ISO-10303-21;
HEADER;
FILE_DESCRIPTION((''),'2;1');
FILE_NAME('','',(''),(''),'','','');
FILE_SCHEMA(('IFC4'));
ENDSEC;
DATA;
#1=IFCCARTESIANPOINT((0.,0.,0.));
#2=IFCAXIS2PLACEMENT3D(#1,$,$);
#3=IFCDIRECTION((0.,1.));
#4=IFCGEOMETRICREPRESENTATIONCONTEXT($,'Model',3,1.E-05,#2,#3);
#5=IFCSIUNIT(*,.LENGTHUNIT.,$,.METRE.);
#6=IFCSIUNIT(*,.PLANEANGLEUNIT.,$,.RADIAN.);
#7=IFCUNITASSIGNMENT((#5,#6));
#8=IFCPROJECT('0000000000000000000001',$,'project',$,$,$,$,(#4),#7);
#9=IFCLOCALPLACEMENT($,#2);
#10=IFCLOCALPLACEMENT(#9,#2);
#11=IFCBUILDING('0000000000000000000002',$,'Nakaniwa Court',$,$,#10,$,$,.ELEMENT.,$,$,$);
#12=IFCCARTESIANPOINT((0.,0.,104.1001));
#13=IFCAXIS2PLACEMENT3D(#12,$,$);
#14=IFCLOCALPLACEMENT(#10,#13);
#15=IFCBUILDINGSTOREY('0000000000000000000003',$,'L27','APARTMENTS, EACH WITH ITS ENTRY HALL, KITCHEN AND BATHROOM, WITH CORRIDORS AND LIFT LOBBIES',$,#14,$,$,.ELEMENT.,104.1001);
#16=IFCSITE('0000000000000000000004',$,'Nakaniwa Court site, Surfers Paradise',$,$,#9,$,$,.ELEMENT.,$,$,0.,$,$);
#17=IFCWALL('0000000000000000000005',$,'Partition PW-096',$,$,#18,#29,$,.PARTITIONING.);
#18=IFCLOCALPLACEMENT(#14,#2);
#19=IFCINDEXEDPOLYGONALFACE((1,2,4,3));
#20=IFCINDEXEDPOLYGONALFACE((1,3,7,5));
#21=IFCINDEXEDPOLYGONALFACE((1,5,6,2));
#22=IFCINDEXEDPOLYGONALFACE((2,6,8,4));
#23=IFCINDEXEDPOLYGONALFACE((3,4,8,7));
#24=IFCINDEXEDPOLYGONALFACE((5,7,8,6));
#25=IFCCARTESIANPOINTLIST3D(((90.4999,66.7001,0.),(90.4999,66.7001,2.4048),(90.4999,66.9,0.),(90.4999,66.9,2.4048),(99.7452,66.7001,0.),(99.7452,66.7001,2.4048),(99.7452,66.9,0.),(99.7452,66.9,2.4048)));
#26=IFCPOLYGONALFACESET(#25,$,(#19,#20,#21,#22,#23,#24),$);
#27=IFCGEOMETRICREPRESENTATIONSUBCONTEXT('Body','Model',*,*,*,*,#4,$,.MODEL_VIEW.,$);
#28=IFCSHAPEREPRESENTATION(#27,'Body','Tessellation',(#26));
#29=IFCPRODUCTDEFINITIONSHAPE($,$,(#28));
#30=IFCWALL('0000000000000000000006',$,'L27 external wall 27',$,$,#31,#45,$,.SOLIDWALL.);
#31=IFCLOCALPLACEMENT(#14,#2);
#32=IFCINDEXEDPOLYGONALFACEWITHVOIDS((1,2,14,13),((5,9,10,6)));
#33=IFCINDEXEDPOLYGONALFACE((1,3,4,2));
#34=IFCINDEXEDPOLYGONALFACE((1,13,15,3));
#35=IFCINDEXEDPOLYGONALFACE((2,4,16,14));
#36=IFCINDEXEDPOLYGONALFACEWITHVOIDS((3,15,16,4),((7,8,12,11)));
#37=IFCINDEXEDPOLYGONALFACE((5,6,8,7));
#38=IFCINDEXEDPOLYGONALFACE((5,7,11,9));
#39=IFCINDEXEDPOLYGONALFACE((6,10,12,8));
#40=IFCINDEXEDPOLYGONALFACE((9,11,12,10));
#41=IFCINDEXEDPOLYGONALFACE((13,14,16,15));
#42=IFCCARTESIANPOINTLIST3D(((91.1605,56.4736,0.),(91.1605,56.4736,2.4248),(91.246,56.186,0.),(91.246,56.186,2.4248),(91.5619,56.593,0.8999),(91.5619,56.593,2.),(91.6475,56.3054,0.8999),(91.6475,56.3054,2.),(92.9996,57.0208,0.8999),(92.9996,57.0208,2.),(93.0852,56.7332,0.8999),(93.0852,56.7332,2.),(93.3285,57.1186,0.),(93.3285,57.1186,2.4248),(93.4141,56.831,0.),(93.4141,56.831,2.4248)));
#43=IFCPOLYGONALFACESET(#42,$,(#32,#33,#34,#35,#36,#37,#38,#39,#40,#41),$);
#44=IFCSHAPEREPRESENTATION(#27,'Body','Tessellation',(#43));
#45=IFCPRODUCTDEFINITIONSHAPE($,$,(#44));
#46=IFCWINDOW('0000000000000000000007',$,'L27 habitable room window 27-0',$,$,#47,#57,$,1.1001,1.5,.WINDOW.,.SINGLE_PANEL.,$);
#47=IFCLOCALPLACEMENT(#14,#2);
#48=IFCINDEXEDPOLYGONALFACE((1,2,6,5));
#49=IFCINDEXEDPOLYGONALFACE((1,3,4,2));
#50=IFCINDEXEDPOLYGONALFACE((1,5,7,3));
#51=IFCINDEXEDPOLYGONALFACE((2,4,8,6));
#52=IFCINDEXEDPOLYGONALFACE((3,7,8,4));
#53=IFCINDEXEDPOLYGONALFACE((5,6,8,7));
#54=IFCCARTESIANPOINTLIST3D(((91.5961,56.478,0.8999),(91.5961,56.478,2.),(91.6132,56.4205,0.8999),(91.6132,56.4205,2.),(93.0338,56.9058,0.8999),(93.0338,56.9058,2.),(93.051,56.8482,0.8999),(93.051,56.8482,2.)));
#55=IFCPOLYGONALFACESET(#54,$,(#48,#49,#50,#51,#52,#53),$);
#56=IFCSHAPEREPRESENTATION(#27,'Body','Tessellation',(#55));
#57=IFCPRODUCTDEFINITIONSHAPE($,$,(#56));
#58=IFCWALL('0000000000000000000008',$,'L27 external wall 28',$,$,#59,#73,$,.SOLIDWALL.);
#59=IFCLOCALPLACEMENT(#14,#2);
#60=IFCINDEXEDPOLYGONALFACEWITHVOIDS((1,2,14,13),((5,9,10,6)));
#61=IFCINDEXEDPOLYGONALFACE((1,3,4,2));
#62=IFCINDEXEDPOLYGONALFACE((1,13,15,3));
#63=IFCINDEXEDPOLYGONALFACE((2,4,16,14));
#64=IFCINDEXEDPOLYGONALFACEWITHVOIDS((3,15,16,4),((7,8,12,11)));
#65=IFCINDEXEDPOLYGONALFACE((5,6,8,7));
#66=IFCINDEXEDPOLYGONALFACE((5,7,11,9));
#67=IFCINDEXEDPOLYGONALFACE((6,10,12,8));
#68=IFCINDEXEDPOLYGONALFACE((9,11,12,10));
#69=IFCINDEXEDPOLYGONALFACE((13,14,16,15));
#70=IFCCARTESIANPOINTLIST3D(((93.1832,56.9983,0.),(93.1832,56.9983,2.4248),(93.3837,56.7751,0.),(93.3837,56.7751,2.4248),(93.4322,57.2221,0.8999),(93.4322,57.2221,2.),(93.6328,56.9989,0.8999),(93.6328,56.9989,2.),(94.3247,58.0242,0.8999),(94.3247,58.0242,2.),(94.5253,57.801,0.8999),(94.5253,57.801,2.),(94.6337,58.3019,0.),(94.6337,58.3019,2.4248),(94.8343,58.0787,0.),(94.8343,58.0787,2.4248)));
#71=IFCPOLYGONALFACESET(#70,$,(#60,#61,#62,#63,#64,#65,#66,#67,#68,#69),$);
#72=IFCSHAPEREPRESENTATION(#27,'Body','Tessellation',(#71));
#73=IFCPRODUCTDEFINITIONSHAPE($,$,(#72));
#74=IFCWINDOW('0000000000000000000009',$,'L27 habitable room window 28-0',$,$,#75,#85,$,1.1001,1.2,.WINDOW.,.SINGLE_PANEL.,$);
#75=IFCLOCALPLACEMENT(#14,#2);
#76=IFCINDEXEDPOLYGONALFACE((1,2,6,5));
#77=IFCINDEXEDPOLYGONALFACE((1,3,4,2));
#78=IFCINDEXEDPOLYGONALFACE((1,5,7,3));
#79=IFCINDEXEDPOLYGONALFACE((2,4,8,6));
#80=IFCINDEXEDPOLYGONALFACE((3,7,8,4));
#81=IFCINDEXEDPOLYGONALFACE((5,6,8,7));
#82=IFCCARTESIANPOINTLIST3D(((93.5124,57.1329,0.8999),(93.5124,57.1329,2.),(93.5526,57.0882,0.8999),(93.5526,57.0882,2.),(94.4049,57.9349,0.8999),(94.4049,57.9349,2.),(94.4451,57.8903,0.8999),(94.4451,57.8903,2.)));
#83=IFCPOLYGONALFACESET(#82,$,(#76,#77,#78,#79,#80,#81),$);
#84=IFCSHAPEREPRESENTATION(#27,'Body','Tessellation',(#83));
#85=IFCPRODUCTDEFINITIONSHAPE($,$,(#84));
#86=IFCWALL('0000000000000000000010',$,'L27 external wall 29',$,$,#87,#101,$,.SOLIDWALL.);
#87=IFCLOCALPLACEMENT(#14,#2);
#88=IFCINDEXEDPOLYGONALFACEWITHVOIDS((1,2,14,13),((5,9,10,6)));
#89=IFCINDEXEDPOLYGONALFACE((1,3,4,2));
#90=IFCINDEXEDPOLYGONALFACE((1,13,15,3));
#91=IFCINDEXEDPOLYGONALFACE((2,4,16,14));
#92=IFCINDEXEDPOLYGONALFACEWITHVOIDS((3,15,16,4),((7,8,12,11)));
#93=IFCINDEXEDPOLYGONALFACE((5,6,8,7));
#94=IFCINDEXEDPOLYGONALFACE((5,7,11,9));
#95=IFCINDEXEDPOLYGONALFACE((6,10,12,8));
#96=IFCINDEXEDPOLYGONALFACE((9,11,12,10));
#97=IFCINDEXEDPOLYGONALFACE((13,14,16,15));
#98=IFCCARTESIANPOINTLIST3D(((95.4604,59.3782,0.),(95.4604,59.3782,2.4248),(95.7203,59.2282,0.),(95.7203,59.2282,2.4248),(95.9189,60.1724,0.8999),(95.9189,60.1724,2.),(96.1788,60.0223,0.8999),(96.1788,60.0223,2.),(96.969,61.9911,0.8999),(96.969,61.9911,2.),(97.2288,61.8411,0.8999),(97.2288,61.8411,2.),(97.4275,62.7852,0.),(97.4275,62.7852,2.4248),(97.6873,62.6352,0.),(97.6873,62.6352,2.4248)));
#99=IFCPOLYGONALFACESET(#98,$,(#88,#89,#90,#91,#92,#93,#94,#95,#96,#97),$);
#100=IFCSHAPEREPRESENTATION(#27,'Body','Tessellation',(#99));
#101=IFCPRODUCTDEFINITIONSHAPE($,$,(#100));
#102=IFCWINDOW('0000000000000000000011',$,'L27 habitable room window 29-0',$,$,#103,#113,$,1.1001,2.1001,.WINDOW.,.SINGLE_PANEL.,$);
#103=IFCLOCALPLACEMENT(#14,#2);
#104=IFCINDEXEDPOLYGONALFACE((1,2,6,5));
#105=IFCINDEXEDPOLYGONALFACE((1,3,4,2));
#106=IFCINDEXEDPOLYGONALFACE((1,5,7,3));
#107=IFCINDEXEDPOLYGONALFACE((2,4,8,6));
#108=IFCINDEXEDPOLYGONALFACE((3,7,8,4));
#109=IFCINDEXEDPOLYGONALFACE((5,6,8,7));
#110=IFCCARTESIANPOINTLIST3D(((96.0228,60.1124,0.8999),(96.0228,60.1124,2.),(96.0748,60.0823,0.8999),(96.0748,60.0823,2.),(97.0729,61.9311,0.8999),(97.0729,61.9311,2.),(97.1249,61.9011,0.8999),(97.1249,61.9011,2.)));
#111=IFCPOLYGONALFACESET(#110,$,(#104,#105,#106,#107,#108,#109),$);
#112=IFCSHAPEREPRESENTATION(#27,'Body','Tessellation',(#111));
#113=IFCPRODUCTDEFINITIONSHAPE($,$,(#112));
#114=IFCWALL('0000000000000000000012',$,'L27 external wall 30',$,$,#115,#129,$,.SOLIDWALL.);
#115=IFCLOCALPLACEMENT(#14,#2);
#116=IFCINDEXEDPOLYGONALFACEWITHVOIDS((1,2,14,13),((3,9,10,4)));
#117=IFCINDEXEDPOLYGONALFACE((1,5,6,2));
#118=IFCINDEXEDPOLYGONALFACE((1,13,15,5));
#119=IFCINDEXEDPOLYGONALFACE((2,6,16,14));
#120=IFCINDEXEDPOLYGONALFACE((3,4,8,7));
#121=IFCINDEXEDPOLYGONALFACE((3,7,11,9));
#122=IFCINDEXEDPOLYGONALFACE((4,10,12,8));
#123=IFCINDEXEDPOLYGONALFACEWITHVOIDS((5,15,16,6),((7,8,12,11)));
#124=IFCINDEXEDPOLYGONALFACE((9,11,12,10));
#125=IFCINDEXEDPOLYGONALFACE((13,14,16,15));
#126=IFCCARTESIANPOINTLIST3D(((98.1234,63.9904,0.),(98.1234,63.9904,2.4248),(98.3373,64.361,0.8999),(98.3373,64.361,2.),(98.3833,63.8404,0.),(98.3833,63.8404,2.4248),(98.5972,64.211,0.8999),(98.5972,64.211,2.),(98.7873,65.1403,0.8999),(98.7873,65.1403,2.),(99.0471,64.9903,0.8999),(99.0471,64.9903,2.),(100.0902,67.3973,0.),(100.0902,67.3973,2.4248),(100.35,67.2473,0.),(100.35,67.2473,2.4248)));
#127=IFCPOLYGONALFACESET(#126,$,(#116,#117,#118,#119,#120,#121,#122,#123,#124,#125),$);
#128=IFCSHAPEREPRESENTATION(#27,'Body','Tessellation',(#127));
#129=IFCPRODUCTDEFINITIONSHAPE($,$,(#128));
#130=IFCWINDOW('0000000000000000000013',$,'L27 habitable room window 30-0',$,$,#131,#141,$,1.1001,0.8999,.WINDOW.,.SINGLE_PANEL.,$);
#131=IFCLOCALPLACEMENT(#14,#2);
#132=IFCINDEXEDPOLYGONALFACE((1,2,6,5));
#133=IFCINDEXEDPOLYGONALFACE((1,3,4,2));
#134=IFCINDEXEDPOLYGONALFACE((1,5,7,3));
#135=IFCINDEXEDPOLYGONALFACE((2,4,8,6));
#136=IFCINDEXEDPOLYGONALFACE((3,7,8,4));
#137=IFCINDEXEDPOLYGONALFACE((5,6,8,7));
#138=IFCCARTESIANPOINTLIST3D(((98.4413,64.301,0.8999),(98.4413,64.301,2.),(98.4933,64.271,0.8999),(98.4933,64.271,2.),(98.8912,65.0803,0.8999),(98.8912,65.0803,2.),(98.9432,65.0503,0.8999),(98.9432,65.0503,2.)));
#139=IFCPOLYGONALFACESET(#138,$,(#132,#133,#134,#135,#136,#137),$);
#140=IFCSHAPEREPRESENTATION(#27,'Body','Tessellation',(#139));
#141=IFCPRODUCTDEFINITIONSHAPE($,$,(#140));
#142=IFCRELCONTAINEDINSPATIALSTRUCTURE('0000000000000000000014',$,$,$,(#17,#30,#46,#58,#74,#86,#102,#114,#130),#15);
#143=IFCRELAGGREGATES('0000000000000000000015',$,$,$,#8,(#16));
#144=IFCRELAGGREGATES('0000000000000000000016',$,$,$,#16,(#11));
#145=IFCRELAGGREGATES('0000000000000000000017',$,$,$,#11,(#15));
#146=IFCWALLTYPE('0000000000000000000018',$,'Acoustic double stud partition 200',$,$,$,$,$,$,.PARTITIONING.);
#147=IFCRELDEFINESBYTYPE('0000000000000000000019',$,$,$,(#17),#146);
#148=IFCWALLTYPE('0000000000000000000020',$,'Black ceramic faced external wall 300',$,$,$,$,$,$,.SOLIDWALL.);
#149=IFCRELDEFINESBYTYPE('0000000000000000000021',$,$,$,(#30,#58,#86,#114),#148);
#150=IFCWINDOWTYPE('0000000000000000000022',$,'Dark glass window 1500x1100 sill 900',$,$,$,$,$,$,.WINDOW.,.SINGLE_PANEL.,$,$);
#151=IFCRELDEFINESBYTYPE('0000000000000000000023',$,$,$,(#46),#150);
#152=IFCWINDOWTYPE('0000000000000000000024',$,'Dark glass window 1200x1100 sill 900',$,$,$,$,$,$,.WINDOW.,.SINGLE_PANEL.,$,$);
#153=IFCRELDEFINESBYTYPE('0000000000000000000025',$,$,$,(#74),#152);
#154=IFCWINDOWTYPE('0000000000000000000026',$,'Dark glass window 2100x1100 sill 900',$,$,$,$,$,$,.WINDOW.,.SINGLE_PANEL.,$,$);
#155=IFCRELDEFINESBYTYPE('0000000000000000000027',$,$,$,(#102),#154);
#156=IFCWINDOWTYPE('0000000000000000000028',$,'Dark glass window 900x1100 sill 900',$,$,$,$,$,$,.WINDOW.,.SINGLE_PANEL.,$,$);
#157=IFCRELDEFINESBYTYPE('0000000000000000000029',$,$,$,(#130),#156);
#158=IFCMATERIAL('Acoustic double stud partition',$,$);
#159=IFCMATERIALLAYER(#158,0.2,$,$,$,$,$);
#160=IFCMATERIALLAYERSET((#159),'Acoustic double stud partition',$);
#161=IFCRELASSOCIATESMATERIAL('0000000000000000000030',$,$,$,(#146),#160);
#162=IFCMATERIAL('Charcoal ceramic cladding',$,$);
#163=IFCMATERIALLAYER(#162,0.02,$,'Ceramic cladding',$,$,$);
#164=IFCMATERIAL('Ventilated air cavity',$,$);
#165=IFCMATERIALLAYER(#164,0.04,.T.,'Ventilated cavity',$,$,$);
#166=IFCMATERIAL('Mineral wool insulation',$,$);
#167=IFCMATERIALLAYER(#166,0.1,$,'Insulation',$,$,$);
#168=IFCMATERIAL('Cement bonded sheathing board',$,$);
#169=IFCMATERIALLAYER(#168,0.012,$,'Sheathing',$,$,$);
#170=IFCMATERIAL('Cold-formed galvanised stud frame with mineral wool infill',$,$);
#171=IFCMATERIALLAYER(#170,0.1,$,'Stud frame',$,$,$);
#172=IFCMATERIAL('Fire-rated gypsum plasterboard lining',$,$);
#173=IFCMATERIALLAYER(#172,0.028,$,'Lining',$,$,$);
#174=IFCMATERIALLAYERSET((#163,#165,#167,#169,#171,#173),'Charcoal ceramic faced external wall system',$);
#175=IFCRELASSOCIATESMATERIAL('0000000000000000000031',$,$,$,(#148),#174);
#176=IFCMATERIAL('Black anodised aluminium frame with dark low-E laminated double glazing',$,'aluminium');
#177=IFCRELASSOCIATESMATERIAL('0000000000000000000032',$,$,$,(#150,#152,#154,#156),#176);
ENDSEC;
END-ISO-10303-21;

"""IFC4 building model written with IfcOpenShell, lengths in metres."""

from ifc_helpers import new_model, si_unit, direction, frame, frame_2d, origin, place, context, subcontext, project, spatial, rectangle, extrude, material, layer, layer_set, type_object, element, fill, save


model = new_model("IFC4")

# Units and contexts
model_context = context("Model", 3, precision=1e-05, world=origin(), true_north=direction((0.0, 1.0)))
body_context = subcontext(model_context, "Body", "Model", "MODEL_VIEW")
ifc_project = project(units=[si_unit("LENGTHUNIT", "METRE"), si_unit("PLANEANGLEUNIT", "RADIAN")], contexts=[model_context])

# Site, building, storey
site_placement = place(None, origin())
site = spatial("IfcSite", under=ifc_project, at=site_placement, Name="Nakaniwa Court site, Surfers Paradise", CompositionType="ELEMENT", RefElevation=0.0)
building_placement = place(site_placement, origin())
building = spatial("IfcBuilding", under=site, at=building_placement, Name="Nakaniwa Court", CompositionType="ELEMENT")
storey_placement = place(building_placement, frame((0.0, 0.0, 104.1001)))
storey = spatial("IfcBuildingStorey", under=building, at=storey_placement, Name="L27", Description="APARTMENTS, EACH WITH ITS ENTRY HALL, KITCHEN AND BATHROOM, WITH CORRIDORS AND LIFT LOBBIES", CompositionType="ELEMENT", Elevation=104.1001)

# Wall
ifc_material_1 = material(Name="Acoustic double stud partition")
ifc_layer_1 = layer(ifc_material_1, 0.2)
ifc_layer_set_1 = layer_set([ifc_layer_1], Name="Acoustic double stud partition")
wall_type_1 = type_object("IfcWallType", Name="Acoustic double stud partition 200", PredefinedType="PARTITIONING", material=ifc_layer_set_1)
wall_1_placement = place(storey_placement, frame((90.5, 66.8, 0.0), z_axis=(0.0, 0.0, 1.0), x_axis=(1.0, 0.0, 0.0)))
element("IfcWall", 1, at=wall_1_placement, inside=storey, type_object=wall_type_1, Name="Partition PW-096", PredefinedType="PARTITIONING", context=body_context, shape_type="SweptSolid", body=[
    extrude(rectangle(XDim=9.2454, YDim=0.2, at=frame_2d((4.6226, 0.0))), origin(), (0.0, 0.0, 1.0), 2.4048),
])

# Walls, openings, windows
ifc_material_2 = material(Name="Charcoal ceramic cladding")
ifc_layer_2 = layer(ifc_material_2, 0.02, Name="Ceramic cladding")
ifc_material_3 = material(Name="Ventilated air cavity")
ifc_layer_3 = layer(ifc_material_3, 0.04, ventilated=True, Name="Ventilated cavity")
ifc_material_4 = material(Name="Mineral wool insulation")
ifc_layer_4 = layer(ifc_material_4, 0.1, Name="Insulation")
ifc_material_5 = material(Name="Cement bonded sheathing board")
ifc_layer_5 = layer(ifc_material_5, 0.012, Name="Sheathing")
ifc_material_6 = material(Name="Cold-formed galvanised stud frame with mineral wool infill")
ifc_layer_6 = layer(ifc_material_6, 0.1, Name="Stud frame")
ifc_material_7 = material(Name="Fire-rated gypsum plasterboard lining")
ifc_layer_7 = layer(ifc_material_7, 0.028, Name="Lining")
ifc_layer_set_2 = layer_set([ifc_layer_2, ifc_layer_3, ifc_layer_4, ifc_layer_5, ifc_layer_6, ifc_layer_7], Name="Charcoal ceramic faced external wall system")
wall_type_2 = type_object("IfcWallType", Name="Black ceramic faced external wall 300", PredefinedType="SOLIDWALL", material=ifc_layer_set_2)
wall_2_placement = place(storey_placement, frame((91.2034, 56.3298, 0.0), z_axis=(0.0, 0.0, 1.0), x_axis=(0.958477, 0.285169, 0.0)))
wall_2 = element("IfcWall", 2, at=wall_2_placement, inside=storey, type_object=wall_type_2, Name="L27 external wall 27", PredefinedType="SOLIDWALL", context=body_context, shape_type="SweptSolid", body=[
    extrude(rectangle(XDim=2.262, YDim=0.3, at=frame_2d((1.1309, 0.0))), origin(), (0.0, 0.0, 1.0), 2.4248),
])
opening_1_placement = place(wall_2_placement, frame((0.4187, 0.0, 0.8999)))
opening_1 = element("IfcOpeningElement", 3, at=opening_1_placement, cuts=wall_2, PredefinedType="OPENING", context=body_context, shape_type="SweptSolid", body=[
    extrude(rectangle(XDim=1.5, YDim=1.1001, at=frame_2d((0.75, 0.55))), frame((0.0, 0.1599, 0.0), z_axis=(0.0, -1.0, 0.0), x_axis=(1.0, 0.0, 0.0)), (0.0, 0.0, 1.0), 0.3201),
])
ifc_material_8 = material(Name="Black anodised aluminium frame with dark low-E laminated double glazing", Category="aluminium")
window_type_1 = type_object("IfcWindowType", Name="Dark glass window 1500x1100 sill 900", PartitioningType="SINGLE_PANEL", PredefinedType="WINDOW", material=ifc_material_8)
window_1_placement = place(opening_1_placement, origin())
window_1 = element("IfcWindow", 4, at=window_1_placement, inside=storey, type_object=window_type_1, Name="L27 habitable room window 27-0", OverallHeight=1.1001, OverallWidth=1.5, PartitioningType="SINGLE_PANEL", PredefinedType="WINDOW", context=body_context, shape_type="SweptSolid", body=[
    extrude(rectangle(XDim=1.5, YDim=1.1001, at=frame_2d((0.75, 0.55))), frame((0.0, 0.03, 0.0), z_axis=(0.0, -1.0, 0.0), x_axis=(1.0, 0.0, 0.0)), (0.0, 0.0, 1.0), 0.0601),
])
fill(opening_1, window_1)
wall_3_placement = place(storey_placement, frame((93.2834, 56.8867, 0.0), z_axis=(0.0, 0.0, 1.0), x_axis=(0.743786, 0.668418, 0.0)))
wall_3 = element("IfcWall", 5, at=wall_3_placement, inside=storey, type_object=wall_type_2, Name="L27 external wall 28", PredefinedType="SOLIDWALL", context=body_context, shape_type="SweptSolid", body=[
    extrude(rectangle(XDim=1.9502, YDim=0.3, at=frame_2d((0.9751, 0.0))), origin(), (0.0, 0.0, 1.0), 2.4248),
])
opening_2_placement = place(wall_3_placement, frame((0.3347, 0.0, 0.8999)))
opening_2 = element("IfcOpeningElement", 6, at=opening_2_placement, cuts=wall_3, PredefinedType="OPENING", context=body_context, shape_type="SweptSolid", body=[
    extrude(rectangle(XDim=1.2, YDim=1.1001, at=frame_2d((0.6001, 0.55))), frame((0.0, 0.1599, 0.0), z_axis=(0.0, -1.0, 0.0), x_axis=(1.0, 0.0, 0.0)), (0.0, 0.0, 1.0), 0.3201),
])
window_type_2 = type_object("IfcWindowType", Name="Dark glass window 1200x1100 sill 900", PartitioningType="SINGLE_PANEL", PredefinedType="WINDOW", material=ifc_material_8)
window_2_placement = place(opening_2_placement, origin())
window_2 = element("IfcWindow", 7, at=window_2_placement, inside=storey, type_object=window_type_2, Name="L27 habitable room window 28-0", OverallHeight=1.1001, OverallWidth=1.2, PartitioningType="SINGLE_PANEL", PredefinedType="WINDOW", context=body_context, shape_type="SweptSolid", body=[
    extrude(rectangle(XDim=1.2, YDim=1.1001, at=frame_2d((0.6001, 0.55))), frame((0.0, 0.03, 0.0), z_axis=(0.0, -1.0, 0.0), x_axis=(1.0, 0.0, 0.0)), (0.0, 0.0, 1.0), 0.0601),
])
fill(opening_2, window_2)
wall_4_placement = place(storey_placement, frame((95.5903, 59.3032, 0.0), z_axis=(0.0, 0.0, 1.0), x_axis=(0.500004, 0.866023, 0.0)))
wall_4 = element("IfcWall", 8, at=wall_4_placement, inside=storey, type_object=wall_type_2, Name="L27 external wall 29", PredefinedType="SOLIDWALL", context=body_context, shape_type="SweptSolid", body=[
    extrude(rectangle(XDim=3.9341, YDim=0.3, at=frame_2d((1.967, 0.0))), origin(), (0.0, 0.0, 1.0), 2.4248),
])
opening_3_placement = place(wall_4_placement, frame((0.917, 0.0, 0.8999)))
opening_3 = element("IfcOpeningElement", 9, at=opening_3_placement, cuts=wall_4, PredefinedType="OPENING", context=body_context, shape_type="SweptSolid", body=[
    extrude(rectangle(XDim=2.1001, YDim=1.1001, at=frame_2d((1.05, 0.55))), frame((0.0, 0.1599, 0.0), z_axis=(0.0, -1.0, 0.0), x_axis=(1.0, 0.0, 0.0)), (0.0, 0.0, 1.0), 0.3201),
])
window_type_3 = type_object("IfcWindowType", Name="Dark glass window 2100x1100 sill 900", PartitioningType="SINGLE_PANEL", PredefinedType="WINDOW", material=ifc_material_8)
window_3_placement = place(opening_3_placement, origin())
window_3 = element("IfcWindow", 10, at=window_3_placement, inside=storey, type_object=window_type_3, Name="L27 habitable room window 29-0", OverallHeight=1.1001, OverallWidth=2.1001, PartitioningType="SINGLE_PANEL", PredefinedType="WINDOW", context=body_context, shape_type="SweptSolid", body=[
    extrude(rectangle(XDim=2.1001, YDim=1.1001, at=frame_2d((1.05, 0.55))), frame((0.0, 0.03, 0.0), z_axis=(0.0, -1.0, 0.0), x_axis=(1.0, 0.0, 0.0)), (0.0, 0.0, 1.0), 0.0601),
])
fill(opening_3, window_3)
wall_5_placement = place(storey_placement, frame((98.2534, 63.9155, 0.0), z_axis=(0.0, 0.0, 1.0), x_axis=(0.499957, 0.86605, 0.0)))
wall_5 = element("IfcWall", 11, at=wall_5_placement, inside=storey, type_object=wall_type_2, Name="L27 external wall 30", PredefinedType="SOLIDWALL", context=body_context, shape_type="SweptSolid", body=[
    extrude(rectangle(XDim=3.9338, YDim=0.3, at=frame_2d((1.9668, 0.0))), origin(), (0.0, 0.0, 1.0), 2.4248),
])
opening_4_placement = place(wall_5_placement, frame((0.4277, 0.0, 0.8999)))
opening_4 = element("IfcOpeningElement", 12, at=opening_4_placement, cuts=wall_5, PredefinedType="OPENING", context=body_context, shape_type="SweptSolid", body=[
    extrude(rectangle(XDim=0.8999, YDim=1.1001, at=frame_2d((0.45, 0.55))), frame((0.0, 0.1599, 0.0), z_axis=(0.0, -1.0, 0.0), x_axis=(1.0, 0.0, 0.0)), (0.0, 0.0, 1.0), 0.3201),
])
window_type_4 = type_object("IfcWindowType", Name="Dark glass window 900x1100 sill 900", PartitioningType="SINGLE_PANEL", PredefinedType="WINDOW", material=ifc_material_8)
window_4_placement = place(opening_4_placement, origin())
window_4 = element("IfcWindow", 13, at=window_4_placement, inside=storey, type_object=window_type_4, Name="L27 habitable room window 30-0", OverallHeight=1.1001, OverallWidth=0.8999, PartitioningType="SINGLE_PANEL", PredefinedType="WINDOW", context=body_context, shape_type="SweptSolid", body=[
    extrude(rectangle(XDim=0.8999, YDim=1.1001, at=frame_2d((0.45, 0.55))), frame((0.0, 0.03, 0.0), z_axis=(0.0, -1.0, 0.0), x_axis=(1.0, 0.0, 0.0)), (0.0, 0.0, 1.0), 0.0601),
])
fill(opening_4, window_4)

save(model, "model.ifc")
